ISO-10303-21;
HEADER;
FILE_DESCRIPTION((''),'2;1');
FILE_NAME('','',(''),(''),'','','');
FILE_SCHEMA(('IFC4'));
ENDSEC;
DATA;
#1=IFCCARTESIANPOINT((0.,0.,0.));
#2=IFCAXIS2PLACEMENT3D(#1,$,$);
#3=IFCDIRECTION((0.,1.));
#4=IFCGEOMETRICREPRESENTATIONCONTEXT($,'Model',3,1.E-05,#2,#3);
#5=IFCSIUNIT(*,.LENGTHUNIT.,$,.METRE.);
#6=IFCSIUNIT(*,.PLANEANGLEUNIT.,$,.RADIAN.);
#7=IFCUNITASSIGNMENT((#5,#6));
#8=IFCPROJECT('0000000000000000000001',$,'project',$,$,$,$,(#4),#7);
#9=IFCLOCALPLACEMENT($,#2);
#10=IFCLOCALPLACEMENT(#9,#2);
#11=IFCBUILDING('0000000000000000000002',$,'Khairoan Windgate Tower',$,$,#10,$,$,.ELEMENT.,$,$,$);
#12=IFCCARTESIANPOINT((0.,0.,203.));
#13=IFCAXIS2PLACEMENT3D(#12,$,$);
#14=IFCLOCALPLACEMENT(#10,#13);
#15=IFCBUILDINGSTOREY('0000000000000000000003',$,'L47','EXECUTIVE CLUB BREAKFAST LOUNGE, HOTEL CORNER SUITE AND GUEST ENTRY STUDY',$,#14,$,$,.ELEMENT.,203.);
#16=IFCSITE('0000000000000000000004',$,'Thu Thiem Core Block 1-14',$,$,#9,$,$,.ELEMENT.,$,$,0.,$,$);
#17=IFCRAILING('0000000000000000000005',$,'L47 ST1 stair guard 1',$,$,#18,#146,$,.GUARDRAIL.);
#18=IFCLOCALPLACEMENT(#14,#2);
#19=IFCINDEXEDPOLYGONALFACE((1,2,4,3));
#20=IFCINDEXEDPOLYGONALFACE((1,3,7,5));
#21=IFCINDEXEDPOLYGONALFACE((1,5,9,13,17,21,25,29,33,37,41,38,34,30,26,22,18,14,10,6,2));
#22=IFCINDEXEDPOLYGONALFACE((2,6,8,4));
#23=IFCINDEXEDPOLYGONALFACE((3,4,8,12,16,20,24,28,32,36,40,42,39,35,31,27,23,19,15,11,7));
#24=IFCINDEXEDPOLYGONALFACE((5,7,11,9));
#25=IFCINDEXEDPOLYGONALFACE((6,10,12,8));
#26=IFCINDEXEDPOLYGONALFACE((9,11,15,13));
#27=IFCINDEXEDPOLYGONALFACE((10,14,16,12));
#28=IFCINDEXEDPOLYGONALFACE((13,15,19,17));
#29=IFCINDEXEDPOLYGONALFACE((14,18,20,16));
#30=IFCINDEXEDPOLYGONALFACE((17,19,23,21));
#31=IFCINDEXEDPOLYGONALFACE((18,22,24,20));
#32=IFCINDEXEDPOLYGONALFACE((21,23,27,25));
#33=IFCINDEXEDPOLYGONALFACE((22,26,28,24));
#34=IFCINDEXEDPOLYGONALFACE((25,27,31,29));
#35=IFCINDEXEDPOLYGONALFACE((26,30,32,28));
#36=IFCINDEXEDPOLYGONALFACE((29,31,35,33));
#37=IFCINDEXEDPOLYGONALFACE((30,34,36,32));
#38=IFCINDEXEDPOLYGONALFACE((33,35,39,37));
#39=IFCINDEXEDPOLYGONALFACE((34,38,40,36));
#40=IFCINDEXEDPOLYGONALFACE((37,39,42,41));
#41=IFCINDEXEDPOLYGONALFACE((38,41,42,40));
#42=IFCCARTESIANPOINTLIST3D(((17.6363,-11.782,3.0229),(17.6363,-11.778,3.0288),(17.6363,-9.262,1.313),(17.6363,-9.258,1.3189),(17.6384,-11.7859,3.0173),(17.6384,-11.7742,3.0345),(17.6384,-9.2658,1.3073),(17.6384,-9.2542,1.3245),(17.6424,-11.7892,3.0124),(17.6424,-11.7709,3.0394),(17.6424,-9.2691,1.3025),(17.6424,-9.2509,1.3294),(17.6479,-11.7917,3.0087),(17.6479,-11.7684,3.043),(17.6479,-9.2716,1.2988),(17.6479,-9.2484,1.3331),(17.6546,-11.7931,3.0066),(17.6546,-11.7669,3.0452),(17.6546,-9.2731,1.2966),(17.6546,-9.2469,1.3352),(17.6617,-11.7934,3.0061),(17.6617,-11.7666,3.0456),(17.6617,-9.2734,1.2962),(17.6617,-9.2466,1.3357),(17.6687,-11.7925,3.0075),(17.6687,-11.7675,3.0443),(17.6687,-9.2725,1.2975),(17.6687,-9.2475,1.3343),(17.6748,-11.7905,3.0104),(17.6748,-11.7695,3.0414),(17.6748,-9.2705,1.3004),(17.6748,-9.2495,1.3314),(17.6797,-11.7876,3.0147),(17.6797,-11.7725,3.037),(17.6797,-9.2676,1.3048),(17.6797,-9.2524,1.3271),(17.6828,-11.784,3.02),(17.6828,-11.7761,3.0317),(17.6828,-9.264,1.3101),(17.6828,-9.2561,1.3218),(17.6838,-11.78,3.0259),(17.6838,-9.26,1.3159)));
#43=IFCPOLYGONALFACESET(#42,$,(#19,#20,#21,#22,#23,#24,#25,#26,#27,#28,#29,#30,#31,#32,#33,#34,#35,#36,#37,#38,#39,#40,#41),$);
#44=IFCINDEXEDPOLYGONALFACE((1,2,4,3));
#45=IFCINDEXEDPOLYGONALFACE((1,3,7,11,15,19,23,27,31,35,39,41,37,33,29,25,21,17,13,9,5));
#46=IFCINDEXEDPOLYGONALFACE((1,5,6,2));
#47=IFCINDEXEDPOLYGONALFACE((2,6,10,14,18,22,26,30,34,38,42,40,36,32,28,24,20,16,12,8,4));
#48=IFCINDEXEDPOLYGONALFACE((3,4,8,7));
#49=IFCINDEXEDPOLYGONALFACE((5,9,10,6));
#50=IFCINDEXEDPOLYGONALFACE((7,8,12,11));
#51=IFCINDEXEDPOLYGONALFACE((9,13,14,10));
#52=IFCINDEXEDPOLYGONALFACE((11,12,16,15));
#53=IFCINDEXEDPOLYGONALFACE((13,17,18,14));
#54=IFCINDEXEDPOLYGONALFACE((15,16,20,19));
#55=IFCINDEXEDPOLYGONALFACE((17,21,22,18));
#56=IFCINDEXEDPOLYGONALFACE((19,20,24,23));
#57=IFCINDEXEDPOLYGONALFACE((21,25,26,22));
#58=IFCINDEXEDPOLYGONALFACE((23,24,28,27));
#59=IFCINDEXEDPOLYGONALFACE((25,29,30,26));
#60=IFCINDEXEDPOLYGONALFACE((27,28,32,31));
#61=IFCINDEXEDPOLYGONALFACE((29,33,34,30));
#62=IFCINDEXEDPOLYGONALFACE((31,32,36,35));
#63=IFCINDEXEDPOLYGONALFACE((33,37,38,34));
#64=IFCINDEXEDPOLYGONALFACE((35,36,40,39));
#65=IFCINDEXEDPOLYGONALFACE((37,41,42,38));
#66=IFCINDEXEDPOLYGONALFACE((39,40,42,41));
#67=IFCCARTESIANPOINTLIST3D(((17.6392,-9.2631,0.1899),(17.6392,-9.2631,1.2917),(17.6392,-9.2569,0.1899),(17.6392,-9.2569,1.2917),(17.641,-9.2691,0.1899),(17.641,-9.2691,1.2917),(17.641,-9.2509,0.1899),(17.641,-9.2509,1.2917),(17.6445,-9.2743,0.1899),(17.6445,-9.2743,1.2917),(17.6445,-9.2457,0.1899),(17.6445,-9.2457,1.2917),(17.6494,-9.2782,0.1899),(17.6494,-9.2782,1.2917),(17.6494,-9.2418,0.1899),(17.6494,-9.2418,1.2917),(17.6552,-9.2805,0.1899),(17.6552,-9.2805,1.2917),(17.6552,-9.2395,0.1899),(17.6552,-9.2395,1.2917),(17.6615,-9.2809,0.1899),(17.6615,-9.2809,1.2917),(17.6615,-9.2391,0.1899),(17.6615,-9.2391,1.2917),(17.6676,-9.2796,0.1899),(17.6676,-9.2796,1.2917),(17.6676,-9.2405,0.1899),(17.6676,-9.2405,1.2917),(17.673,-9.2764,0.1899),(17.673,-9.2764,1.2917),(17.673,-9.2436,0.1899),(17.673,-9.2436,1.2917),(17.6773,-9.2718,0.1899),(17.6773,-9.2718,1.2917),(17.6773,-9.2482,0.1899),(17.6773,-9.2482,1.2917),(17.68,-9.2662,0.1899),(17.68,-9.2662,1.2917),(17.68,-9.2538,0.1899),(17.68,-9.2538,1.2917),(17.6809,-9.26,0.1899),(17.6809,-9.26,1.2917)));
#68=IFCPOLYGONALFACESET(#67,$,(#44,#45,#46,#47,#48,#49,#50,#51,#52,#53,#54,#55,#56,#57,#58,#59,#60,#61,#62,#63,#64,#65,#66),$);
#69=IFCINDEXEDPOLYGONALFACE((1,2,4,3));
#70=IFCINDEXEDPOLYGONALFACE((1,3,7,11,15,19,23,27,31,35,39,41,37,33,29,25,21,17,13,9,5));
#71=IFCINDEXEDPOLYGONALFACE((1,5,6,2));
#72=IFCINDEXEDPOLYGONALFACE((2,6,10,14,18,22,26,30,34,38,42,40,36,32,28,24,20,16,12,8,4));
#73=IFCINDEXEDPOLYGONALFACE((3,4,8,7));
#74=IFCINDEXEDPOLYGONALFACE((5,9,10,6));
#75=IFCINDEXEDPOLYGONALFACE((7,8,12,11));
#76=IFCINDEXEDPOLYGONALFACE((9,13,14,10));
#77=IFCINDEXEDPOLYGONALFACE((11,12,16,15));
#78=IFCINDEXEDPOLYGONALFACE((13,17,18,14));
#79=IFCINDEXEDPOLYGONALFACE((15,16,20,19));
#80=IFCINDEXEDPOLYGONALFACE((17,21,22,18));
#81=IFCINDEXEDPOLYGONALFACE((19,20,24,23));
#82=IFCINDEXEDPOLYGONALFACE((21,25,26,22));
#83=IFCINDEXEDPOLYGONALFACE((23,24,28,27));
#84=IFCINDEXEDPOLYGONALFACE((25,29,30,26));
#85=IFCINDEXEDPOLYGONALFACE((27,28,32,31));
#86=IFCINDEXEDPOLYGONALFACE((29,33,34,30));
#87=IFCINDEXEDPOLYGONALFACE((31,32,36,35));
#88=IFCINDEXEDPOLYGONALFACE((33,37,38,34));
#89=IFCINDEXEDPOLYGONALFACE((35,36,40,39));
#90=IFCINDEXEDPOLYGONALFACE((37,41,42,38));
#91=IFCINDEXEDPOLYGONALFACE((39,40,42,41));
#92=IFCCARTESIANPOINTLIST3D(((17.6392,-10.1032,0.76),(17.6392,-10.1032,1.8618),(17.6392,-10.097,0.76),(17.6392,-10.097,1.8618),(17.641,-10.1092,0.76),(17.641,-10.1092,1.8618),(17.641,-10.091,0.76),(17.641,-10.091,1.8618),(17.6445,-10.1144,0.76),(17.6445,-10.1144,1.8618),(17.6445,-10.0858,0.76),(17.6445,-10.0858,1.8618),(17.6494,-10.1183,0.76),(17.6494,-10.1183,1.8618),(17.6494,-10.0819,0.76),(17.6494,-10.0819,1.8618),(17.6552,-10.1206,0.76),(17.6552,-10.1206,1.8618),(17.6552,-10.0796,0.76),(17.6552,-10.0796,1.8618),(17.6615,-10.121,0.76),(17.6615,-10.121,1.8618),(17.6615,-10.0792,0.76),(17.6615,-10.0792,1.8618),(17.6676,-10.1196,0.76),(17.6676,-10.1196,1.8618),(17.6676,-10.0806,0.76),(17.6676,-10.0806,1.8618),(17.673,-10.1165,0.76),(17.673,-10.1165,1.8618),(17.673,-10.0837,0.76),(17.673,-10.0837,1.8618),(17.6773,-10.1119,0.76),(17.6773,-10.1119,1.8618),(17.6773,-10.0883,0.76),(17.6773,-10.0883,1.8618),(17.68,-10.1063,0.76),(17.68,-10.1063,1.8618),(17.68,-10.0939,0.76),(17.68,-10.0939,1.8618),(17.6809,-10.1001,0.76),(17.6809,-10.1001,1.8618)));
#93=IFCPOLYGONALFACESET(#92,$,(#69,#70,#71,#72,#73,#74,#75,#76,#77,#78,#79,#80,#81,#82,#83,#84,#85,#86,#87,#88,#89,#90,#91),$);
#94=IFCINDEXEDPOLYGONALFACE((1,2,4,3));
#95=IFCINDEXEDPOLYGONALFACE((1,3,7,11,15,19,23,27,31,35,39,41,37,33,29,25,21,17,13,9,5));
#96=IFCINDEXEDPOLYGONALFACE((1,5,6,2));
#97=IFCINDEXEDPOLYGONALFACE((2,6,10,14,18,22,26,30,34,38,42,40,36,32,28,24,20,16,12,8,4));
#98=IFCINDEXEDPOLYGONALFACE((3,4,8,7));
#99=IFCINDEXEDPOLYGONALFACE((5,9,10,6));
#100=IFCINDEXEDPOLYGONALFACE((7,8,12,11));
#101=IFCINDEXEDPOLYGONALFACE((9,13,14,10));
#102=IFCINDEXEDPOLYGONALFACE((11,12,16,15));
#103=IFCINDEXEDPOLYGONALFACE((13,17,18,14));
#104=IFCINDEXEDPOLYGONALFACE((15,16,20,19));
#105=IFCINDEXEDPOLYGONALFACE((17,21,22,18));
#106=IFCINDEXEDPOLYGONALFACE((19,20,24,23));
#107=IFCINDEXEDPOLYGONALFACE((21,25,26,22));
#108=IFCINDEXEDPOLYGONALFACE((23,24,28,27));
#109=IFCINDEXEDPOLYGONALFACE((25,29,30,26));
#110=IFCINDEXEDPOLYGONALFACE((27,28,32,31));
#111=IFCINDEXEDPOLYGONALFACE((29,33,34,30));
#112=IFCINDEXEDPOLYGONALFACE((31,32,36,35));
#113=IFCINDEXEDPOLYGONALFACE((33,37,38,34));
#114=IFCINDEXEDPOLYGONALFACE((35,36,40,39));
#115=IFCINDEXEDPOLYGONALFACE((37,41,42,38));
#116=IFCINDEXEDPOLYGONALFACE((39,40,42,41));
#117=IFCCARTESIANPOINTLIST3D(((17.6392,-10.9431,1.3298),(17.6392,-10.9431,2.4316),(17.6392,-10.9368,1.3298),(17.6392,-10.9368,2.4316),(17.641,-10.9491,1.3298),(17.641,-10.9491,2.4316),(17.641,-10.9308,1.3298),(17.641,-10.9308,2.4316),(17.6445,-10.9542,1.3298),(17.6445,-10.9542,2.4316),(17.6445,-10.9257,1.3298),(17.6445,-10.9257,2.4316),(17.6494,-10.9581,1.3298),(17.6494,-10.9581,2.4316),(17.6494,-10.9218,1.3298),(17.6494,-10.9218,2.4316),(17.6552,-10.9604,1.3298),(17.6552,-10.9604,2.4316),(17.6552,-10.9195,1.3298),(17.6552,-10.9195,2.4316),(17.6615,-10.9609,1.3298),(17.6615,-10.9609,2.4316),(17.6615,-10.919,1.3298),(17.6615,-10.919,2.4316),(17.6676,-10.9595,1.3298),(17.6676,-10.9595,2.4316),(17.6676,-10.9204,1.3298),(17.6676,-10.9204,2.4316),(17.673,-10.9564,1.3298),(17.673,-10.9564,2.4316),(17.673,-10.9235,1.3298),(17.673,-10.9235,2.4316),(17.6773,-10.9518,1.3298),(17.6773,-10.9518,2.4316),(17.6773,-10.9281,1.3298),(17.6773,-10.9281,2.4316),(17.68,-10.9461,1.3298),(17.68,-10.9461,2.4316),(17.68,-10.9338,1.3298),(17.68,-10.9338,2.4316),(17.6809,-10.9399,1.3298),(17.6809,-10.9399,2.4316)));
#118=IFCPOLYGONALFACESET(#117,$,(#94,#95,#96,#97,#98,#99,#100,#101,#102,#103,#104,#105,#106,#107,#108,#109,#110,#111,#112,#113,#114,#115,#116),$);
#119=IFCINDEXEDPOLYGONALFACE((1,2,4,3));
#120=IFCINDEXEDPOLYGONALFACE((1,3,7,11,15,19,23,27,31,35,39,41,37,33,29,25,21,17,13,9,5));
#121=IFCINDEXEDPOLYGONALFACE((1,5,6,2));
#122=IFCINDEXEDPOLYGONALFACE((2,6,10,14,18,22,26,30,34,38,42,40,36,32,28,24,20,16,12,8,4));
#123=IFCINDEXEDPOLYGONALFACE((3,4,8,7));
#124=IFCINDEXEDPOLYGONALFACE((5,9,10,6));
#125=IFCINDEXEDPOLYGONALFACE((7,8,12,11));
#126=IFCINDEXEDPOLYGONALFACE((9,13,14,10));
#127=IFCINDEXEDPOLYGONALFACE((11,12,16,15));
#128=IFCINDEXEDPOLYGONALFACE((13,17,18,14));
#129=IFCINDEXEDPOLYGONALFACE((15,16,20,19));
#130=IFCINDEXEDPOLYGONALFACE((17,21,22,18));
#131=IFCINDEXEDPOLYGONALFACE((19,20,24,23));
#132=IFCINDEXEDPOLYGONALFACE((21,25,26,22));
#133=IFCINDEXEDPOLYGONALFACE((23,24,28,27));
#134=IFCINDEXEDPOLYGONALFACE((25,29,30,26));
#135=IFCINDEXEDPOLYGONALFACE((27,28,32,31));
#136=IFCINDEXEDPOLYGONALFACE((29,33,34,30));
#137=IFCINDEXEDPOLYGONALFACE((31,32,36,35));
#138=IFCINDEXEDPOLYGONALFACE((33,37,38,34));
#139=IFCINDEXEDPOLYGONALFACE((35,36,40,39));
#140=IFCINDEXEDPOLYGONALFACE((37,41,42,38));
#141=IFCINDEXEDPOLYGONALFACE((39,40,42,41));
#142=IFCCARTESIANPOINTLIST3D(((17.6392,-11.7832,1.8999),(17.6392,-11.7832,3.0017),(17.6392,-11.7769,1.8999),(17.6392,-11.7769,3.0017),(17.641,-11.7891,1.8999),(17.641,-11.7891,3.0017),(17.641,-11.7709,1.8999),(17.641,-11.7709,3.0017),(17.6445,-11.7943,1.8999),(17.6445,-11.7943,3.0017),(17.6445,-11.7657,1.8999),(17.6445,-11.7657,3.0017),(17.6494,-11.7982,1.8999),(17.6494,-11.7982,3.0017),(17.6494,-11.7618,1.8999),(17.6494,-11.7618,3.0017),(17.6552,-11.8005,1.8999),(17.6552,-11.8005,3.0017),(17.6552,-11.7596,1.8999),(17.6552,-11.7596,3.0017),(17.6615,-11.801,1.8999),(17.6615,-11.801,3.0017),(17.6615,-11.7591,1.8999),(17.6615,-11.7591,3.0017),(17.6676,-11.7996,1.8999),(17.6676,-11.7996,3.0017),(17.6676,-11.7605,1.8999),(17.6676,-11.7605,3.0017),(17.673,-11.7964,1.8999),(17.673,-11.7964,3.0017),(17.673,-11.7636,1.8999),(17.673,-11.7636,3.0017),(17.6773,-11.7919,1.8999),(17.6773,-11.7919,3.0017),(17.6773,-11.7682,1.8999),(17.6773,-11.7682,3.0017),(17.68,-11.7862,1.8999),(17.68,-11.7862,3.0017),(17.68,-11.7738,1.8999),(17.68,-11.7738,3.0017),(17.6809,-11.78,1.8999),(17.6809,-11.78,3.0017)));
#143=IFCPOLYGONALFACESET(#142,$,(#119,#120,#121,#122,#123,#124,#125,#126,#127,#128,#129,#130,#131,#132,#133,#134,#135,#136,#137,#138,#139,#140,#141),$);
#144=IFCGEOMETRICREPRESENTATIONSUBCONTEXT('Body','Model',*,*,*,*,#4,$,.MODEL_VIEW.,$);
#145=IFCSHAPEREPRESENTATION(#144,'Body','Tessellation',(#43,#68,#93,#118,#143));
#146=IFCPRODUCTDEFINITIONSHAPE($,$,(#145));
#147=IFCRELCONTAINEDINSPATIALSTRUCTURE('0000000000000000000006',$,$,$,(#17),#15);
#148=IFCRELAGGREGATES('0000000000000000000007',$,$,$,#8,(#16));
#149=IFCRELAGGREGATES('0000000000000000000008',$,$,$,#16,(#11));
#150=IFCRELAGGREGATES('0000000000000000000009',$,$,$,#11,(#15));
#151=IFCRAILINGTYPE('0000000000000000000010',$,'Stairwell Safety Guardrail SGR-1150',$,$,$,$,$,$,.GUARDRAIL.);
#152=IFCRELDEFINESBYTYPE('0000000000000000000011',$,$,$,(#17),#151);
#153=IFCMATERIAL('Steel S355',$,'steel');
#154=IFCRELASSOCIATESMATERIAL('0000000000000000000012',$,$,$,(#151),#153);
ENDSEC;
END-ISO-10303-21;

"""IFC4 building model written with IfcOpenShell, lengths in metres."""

from ifc_helpers import new_model, si_unit, direction, frame, origin, origin_2d, place, context, subcontext, project, spatial, circle, extrude, material, type_object, element, save


model = new_model("IFC4")

# Units and contexts
model_context = context("Model", 3, precision=1e-05, world=origin(), true_north=direction((0.0, 1.0)))
body_context = subcontext(model_context, "Body", "Model", "MODEL_VIEW")
ifc_project = project(units=[si_unit("LENGTHUNIT", "METRE"), si_unit("PLANEANGLEUNIT", "RADIAN")], contexts=[model_context])

# Site, building, storey
site_placement = place(None, origin())
site = spatial("IfcSite", under=ifc_project, at=site_placement, Name="Thu Thiem Core Block 1-14", CompositionType="ELEMENT", RefElevation=0.0)
building_placement = place(site_placement, origin())
building = spatial("IfcBuilding", under=site, at=building_placement, Name="Khairoan Windgate Tower", CompositionType="ELEMENT")
storey_placement = place(building_placement, frame((0.0, 0.0, 203.0)))
storey = spatial("IfcBuildingStorey", under=building, at=storey_placement, Name="L47", Description="EXECUTIVE CLUB BREAKFAST LOUNGE, HOTEL CORNER SUITE AND GUEST ENTRY STUDY", CompositionType="ELEMENT", Elevation=203.0)

# Railing
ifc_material_1 = material(Name="Steel S355", Category="steel")
railing_type_1 = type_object("IfcRailingType", Name="Stairwell Safety Guardrail SGR-1150", PredefinedType="GUARDRAIL", material=ifc_material_1)
railing_1_placement = place(storey_placement, frame((17.6599, -9.26, 0.1899)))
element("IfcRailing", 1, at=railing_1_placement, inside=storey, type_object=railing_type_1, Name="L47 ST1 stair guard 1", PredefinedType="GUARDRAIL", context=body_context, shape_type="SweptSolid", body=[
    extrude(circle(Radius=0.0239, at=origin_2d()), frame((0.0, 0.0, 1.126), z_axis=(0.0, -0.827484, 0.56149), x_axis=(1.0, 0.0, 0.0)), (0.0, 0.0, 1.0), 3.0454),
    extrude(circle(Radius=0.021, at=origin_2d()), origin(), (0.0, 0.0, 1.0), 1.1018),
    extrude(circle(Radius=0.021, at=origin_2d()), frame((0.0, -0.8401, 0.5701)), (0.0, 0.0, 1.0), 1.1018),
    extrude(circle(Radius=0.021, at=origin_2d()), frame((0.0, -1.6799, 1.1399)), (0.0, 0.0, 1.0), 1.1018),
    extrude(circle(Radius=0.021, at=origin_2d()), frame((0.0, -2.52, 1.71)), (0.0, 0.0, 1.0), 1.1018),
])

save(model, "model.ifc")
